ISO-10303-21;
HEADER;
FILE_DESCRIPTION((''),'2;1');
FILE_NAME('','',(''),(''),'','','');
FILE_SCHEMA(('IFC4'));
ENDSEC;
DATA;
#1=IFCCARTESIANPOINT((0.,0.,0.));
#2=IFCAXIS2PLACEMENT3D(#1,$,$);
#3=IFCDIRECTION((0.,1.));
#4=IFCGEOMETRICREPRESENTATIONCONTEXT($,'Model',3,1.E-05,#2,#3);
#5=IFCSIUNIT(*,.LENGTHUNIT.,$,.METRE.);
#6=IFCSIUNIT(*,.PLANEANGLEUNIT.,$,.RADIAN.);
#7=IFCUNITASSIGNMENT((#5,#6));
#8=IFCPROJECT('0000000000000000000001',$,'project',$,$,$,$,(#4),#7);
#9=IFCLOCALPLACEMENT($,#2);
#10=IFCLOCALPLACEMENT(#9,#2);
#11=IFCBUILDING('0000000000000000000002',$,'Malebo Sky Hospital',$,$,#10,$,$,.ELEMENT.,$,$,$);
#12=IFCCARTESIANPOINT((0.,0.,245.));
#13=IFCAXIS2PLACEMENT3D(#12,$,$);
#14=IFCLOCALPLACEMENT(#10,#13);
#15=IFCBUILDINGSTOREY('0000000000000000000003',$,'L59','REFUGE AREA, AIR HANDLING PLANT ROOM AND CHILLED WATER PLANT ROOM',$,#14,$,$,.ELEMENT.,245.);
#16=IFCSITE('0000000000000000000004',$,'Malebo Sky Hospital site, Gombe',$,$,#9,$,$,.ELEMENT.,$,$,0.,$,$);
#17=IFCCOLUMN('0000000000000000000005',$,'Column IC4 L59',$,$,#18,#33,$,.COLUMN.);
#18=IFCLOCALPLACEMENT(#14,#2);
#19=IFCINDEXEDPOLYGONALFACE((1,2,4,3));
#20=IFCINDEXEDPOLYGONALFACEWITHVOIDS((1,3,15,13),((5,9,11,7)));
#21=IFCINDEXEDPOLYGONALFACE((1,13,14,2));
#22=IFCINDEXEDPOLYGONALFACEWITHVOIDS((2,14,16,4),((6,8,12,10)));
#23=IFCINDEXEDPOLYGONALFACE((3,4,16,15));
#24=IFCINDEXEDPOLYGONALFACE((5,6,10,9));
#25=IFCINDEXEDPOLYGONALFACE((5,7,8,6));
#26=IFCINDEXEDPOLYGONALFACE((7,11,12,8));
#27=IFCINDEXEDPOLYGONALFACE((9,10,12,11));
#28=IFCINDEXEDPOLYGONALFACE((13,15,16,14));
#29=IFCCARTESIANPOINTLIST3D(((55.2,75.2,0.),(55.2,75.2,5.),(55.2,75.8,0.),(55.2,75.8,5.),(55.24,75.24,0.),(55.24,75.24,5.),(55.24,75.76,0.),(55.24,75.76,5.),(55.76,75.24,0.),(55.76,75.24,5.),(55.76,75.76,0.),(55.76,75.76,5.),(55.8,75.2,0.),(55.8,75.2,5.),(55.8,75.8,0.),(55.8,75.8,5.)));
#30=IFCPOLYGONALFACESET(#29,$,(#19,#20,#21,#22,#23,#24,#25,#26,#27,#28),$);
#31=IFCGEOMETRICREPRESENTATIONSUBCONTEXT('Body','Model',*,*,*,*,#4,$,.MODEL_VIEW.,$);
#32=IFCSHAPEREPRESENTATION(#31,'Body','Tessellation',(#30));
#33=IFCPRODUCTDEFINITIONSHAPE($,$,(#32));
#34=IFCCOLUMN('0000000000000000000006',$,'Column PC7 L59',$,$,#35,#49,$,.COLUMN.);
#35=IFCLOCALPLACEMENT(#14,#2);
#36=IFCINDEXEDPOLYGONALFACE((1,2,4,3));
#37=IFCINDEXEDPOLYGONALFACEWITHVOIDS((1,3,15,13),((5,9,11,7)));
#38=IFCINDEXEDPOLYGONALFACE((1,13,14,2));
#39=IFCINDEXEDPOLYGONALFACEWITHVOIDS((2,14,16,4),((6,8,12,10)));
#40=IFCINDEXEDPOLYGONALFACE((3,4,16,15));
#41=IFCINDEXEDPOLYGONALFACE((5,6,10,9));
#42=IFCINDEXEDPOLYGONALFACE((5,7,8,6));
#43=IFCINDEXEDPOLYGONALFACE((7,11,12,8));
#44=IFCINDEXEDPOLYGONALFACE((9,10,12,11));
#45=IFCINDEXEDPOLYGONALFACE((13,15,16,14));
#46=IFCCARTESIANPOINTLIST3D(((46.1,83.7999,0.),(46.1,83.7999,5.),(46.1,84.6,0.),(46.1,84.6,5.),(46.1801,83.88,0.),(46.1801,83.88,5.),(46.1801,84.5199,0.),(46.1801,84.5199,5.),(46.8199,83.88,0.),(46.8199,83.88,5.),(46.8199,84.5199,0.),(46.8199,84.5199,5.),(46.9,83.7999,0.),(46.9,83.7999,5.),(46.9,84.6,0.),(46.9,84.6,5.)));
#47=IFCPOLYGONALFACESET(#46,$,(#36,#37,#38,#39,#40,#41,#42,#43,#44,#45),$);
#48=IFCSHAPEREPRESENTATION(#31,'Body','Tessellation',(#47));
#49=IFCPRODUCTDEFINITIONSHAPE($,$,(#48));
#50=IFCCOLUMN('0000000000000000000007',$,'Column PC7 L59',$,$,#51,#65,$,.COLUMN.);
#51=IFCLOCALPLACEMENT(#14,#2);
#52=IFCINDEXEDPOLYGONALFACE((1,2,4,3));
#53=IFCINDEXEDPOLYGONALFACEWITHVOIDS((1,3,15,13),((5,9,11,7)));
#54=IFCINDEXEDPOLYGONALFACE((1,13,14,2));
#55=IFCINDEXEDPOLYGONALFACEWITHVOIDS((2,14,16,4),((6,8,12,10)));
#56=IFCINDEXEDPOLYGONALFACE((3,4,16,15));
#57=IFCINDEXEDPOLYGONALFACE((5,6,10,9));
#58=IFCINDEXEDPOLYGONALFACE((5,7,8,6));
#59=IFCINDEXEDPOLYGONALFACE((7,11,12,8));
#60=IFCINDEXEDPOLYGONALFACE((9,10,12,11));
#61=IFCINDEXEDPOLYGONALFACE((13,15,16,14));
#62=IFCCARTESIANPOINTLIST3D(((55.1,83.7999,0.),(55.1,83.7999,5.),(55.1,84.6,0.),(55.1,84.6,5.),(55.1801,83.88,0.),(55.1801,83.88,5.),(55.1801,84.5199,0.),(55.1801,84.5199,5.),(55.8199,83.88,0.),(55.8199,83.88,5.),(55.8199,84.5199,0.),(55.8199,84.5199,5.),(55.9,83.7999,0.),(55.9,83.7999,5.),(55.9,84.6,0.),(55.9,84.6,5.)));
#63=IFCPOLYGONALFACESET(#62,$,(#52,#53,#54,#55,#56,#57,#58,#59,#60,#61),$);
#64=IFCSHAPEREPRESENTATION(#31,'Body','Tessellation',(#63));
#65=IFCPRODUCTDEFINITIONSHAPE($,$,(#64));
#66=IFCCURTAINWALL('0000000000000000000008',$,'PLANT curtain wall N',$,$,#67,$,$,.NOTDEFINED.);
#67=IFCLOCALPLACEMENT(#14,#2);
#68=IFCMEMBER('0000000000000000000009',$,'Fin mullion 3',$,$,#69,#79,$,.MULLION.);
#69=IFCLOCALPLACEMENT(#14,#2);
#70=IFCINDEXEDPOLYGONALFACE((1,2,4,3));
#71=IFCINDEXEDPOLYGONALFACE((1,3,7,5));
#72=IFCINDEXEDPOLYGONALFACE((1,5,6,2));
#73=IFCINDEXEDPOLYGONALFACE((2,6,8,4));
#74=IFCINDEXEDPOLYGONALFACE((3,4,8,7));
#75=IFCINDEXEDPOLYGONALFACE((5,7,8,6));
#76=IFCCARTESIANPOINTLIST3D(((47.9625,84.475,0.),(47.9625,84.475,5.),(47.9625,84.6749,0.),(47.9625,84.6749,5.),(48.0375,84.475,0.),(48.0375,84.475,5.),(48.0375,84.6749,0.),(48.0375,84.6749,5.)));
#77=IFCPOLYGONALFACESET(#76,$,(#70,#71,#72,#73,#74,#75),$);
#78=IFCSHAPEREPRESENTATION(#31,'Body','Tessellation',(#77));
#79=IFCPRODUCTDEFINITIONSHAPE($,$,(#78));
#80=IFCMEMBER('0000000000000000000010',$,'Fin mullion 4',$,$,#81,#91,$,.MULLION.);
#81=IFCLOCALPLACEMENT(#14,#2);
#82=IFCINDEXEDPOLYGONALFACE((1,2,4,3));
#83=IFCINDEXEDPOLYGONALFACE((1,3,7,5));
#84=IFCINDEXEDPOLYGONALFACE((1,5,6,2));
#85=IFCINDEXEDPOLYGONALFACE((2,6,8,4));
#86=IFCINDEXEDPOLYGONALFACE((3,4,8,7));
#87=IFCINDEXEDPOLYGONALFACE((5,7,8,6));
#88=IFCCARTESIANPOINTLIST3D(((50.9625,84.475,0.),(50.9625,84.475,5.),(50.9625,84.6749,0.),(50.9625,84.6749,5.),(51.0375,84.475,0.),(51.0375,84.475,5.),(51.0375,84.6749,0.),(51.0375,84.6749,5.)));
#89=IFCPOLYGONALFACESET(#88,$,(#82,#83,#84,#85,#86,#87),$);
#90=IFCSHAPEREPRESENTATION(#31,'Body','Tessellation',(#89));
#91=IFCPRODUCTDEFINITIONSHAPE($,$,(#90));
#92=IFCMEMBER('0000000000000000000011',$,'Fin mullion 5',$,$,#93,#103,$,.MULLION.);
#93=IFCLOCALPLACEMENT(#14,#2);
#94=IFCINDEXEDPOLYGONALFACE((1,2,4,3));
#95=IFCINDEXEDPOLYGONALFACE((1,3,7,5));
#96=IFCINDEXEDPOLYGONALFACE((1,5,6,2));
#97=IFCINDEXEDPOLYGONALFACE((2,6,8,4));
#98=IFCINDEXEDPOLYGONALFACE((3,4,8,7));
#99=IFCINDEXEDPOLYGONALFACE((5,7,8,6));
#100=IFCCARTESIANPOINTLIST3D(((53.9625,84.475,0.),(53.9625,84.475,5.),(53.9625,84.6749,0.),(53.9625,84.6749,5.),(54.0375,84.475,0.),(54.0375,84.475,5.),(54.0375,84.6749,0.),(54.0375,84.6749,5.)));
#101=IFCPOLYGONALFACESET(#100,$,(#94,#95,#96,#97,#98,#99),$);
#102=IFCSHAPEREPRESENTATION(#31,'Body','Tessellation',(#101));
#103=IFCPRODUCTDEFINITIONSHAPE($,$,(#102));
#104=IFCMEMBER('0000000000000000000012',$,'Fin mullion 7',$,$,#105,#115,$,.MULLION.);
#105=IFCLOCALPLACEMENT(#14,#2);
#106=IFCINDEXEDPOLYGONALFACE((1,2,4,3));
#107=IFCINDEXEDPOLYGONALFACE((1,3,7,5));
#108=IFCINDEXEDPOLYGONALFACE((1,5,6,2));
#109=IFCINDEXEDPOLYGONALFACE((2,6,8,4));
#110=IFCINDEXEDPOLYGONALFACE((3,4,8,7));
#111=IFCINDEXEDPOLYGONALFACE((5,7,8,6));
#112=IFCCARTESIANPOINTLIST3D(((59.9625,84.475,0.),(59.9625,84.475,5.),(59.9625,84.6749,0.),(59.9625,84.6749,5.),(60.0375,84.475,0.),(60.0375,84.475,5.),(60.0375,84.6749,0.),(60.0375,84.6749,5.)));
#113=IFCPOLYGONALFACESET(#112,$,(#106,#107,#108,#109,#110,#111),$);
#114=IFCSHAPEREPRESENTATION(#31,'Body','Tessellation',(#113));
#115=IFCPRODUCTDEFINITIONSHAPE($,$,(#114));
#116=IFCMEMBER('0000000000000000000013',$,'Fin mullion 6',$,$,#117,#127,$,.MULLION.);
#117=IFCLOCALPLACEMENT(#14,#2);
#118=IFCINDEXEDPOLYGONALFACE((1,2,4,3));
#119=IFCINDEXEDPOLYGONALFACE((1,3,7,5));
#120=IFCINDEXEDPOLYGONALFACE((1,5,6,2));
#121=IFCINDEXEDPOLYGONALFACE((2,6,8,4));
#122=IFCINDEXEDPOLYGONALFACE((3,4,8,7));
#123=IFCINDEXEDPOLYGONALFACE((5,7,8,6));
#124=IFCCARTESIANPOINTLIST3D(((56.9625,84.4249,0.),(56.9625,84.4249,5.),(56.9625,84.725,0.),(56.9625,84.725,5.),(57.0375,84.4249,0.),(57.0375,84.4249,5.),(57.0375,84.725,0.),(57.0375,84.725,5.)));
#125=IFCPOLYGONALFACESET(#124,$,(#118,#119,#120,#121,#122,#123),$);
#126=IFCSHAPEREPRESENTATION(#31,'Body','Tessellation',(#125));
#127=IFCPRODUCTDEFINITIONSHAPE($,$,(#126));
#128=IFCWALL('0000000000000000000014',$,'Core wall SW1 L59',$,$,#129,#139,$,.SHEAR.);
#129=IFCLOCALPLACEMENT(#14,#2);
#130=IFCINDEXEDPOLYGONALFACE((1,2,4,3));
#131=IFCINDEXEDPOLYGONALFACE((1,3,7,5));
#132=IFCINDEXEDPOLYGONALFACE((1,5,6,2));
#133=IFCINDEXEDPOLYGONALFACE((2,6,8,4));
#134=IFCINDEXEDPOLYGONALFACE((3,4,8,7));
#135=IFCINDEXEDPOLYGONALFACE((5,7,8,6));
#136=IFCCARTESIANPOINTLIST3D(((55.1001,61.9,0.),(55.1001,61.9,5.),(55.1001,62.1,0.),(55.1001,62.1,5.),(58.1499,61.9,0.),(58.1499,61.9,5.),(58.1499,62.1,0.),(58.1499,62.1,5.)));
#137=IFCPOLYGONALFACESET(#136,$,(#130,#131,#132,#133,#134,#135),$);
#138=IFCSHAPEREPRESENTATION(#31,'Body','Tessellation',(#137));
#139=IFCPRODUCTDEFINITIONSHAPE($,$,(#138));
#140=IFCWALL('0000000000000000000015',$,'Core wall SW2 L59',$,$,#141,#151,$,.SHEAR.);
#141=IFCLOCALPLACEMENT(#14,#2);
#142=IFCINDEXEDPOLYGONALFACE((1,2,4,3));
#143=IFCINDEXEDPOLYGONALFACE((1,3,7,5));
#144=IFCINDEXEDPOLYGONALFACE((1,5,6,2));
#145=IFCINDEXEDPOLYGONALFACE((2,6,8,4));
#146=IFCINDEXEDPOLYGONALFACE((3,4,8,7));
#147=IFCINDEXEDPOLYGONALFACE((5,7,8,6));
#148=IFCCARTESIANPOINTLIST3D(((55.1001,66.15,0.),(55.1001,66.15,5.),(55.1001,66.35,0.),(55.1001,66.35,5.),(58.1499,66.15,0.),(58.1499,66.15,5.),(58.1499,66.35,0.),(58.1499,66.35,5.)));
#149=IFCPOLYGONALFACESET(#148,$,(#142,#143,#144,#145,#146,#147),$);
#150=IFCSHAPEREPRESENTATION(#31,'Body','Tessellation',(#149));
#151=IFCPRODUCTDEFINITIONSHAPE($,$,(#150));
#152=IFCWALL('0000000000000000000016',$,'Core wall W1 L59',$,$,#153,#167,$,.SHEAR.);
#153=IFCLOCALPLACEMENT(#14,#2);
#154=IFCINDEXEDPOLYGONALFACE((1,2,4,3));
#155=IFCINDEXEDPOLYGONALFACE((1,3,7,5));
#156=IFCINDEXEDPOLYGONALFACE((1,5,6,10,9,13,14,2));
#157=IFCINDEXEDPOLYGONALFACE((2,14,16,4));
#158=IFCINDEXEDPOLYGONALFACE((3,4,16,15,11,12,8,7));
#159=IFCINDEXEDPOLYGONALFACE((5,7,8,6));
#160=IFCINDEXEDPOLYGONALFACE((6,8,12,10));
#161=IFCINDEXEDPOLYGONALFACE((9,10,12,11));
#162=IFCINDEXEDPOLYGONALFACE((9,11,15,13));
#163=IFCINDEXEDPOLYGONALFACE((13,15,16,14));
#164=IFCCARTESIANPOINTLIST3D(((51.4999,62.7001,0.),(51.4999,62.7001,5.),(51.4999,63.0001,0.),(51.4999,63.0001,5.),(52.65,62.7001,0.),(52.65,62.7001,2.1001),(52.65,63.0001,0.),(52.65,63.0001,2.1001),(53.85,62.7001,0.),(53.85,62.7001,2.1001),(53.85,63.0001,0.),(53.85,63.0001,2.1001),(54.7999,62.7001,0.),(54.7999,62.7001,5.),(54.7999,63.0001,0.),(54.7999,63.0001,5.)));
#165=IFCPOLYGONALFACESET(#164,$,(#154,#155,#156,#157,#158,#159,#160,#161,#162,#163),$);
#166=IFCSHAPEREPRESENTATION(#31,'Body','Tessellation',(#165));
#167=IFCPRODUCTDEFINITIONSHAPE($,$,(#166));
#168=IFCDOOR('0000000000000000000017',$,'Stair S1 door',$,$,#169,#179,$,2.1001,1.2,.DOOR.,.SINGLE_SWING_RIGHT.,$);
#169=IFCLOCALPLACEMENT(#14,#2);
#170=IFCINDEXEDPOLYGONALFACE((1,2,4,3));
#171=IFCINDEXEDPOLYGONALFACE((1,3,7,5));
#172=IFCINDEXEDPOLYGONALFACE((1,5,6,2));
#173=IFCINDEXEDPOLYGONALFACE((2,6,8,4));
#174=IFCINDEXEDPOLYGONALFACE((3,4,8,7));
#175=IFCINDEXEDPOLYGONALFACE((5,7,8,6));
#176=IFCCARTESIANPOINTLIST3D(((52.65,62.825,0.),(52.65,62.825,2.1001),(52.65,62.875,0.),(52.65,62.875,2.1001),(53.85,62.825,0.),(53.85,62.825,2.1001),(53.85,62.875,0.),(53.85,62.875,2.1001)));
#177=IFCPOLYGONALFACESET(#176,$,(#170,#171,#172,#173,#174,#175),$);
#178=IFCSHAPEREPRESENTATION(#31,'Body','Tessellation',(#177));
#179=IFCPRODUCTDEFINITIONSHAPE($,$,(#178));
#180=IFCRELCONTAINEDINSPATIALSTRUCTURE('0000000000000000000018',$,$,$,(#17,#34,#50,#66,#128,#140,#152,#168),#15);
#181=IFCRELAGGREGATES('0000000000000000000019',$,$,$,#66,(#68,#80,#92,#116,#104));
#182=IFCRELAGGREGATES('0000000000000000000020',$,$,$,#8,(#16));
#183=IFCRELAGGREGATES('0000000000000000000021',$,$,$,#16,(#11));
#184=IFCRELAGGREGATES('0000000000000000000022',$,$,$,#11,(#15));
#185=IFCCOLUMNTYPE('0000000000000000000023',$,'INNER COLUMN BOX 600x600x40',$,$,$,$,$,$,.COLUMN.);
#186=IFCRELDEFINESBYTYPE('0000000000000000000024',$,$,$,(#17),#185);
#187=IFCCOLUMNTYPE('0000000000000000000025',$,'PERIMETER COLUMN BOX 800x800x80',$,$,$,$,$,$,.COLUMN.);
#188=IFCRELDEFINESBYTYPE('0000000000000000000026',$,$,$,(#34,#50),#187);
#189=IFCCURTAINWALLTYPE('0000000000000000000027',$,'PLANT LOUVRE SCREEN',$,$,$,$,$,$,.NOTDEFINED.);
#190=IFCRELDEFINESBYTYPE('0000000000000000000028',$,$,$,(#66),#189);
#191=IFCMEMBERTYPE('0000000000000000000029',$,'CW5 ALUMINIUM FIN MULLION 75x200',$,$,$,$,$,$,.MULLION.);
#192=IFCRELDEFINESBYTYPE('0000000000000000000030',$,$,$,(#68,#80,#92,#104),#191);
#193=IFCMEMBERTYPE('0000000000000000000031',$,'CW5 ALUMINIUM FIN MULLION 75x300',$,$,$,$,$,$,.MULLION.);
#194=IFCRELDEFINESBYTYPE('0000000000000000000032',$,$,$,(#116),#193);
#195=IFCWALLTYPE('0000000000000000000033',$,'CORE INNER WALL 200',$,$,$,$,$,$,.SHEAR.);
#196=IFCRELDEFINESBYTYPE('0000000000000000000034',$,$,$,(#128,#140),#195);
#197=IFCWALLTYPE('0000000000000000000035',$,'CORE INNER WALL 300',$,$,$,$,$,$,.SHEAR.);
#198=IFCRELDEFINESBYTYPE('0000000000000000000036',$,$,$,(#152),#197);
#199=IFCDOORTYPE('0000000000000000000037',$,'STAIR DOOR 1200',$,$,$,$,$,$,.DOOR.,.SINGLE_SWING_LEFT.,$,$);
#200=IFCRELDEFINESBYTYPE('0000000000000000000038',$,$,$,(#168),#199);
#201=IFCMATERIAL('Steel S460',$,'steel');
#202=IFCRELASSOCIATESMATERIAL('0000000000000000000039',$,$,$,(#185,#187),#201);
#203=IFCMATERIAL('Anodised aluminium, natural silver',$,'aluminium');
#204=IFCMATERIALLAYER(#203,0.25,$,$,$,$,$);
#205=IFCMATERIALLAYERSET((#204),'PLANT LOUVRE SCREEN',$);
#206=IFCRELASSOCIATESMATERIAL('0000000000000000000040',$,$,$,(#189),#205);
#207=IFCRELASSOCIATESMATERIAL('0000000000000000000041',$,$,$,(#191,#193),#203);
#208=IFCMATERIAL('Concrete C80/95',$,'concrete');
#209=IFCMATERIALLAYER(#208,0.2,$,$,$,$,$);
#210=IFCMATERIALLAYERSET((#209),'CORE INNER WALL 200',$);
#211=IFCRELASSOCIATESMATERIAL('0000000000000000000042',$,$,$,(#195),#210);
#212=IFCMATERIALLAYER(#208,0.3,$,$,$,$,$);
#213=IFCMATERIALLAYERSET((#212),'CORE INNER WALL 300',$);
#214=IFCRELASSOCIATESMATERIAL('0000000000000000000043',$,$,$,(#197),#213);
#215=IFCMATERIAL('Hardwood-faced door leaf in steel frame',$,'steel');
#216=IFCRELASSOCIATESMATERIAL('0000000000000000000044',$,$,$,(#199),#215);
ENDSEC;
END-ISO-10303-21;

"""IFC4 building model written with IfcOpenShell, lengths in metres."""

from ifc_helpers import new_model, si_unit, direction, frame, frame_2d, origin, origin_2d, place, context, subcontext, project, spatial, rectangle, hollow_rectangle, extrude, material, layer, layer_set, material_profile, profile_set, type_object, element, fill, aggregate, save


model = new_model("IFC4")

# Units and contexts
model_context = context("Model", 3, precision=1e-05, world=origin(), true_north=direction((0.0, 1.0)))
body_context = subcontext(model_context, "Body", "Model", "MODEL_VIEW")
ifc_project = project(units=[si_unit("LENGTHUNIT", "METRE"), si_unit("PLANEANGLEUNIT", "RADIAN")], contexts=[model_context])

# Site, building, storey
site_placement = place(None, origin())
site = spatial("IfcSite", under=ifc_project, at=site_placement, Name="Malebo Sky Hospital site, Gombe", CompositionType="ELEMENT", RefElevation=0.0)
building_placement = place(site_placement, origin())
building = spatial("IfcBuilding", under=site, at=building_placement, Name="Malebo Sky Hospital", CompositionType="ELEMENT")
storey_placement = place(building_placement, frame((0.0, 0.0, 245.0)))
storey = spatial("IfcBuildingStorey", under=building, at=storey_placement, Name="L59", Description="REFUGE AREA, AIR HANDLING PLANT ROOM AND CHILLED WATER PLANT ROOM", CompositionType="ELEMENT", Elevation=245.0)

# Columns
ifc_material_1 = material(Name="Steel S460", Category="steel")
ifc_material_profile_1 = material_profile(ifc_material_1, hollow_rectangle(XDim=0.6001, YDim=0.6001, WallThickness=0.04, at=origin_2d()), Name="BOX 600x600x40")
ifc_profile_set_1 = profile_set([ifc_material_profile_1], Name="Steel S460")
column_type_1 = type_object("IfcColumnType", Name="INNER COLUMN BOX 600x600x40", PredefinedType="COLUMN", material=ifc_profile_set_1)
column_placement = place(storey_placement, frame((55.5, 75.5, 0.0), z_axis=(0.0, 0.0, 1.0), x_axis=(1.0, 0.0, 0.0)))
element("IfcColumn", 1, at=column_placement, inside=storey, type_object=column_type_1, Name="Column IC4 L59", PredefinedType="COLUMN", context=body_context, shape_type="SweptSolid", body=[
    extrude(hollow_rectangle(XDim=0.6001, YDim=0.6001, WallThickness=0.04, at=origin_2d()), origin(), (0.0, 0.0, 1.0), 5.0),
])
ifc_material_profile_2 = material_profile(ifc_material_1, hollow_rectangle(XDim=0.8, YDim=0.8, WallThickness=0.0801, at=origin_2d()), Name="BOX 800x800x80")
ifc_profile_set_2 = profile_set([ifc_material_profile_2], Name="Steel S460")
column_type_2 = type_object("IfcColumnType", Name="PERIMETER COLUMN BOX 800x800x80", PredefinedType="COLUMN", material=ifc_profile_set_2)
for number, where, z_axis, x_axis, name in (
    (2, (46.5, 84.2, 0.0), (0.0, 0.0, 1.0), (1.0, 0.0, 0.0), "Column PC7 L59"),
    (3, (55.5, 84.2, 0.0), (0.0, 0.0, 1.0), (1.0, 0.0, 0.0), "Column PC7 L59"),
):
    element("IfcColumn", number, at=place(storey_placement, frame(where, z_axis=z_axis, x_axis=x_axis)), inside=storey, type_object=column_type_2, Name=name, PredefinedType="COLUMN", context=body_context, shape_type="SweptSolid", body=[
        extrude(hollow_rectangle(XDim=0.8, YDim=0.8, WallThickness=0.0801, at=origin_2d()), origin(), (0.0, 0.0, 1.0), 5.0),
    ])

# Curtain wall, members
ifc_material_2 = material(Name="Anodised aluminium, natural silver", Category="aluminium")
ifc_layer_1 = layer(ifc_material_2, 0.25)
ifc_layer_set_1 = layer_set([ifc_layer_1], Name="PLANT LOUVRE SCREEN")
curtain_wall_type = type_object("IfcCurtainWallType", Name="PLANT LOUVRE SCREEN", PredefinedType="NOTDEFINED", material=ifc_layer_set_1)
curtain_wall_placement = place(storey_placement, origin())
curtain_wall = element("IfcCurtainWall", 4, at=curtain_wall_placement, inside=storey, type_object=curtain_wall_type, Name="PLANT curtain wall N", PredefinedType="NOTDEFINED")
ifc_material_profile_3 = material_profile(ifc_material_2, rectangle(XDim=0.075, YDim=0.2, at=origin_2d()), Name="CW5 ALUMINIUM FIN MULLION 75x200")
ifc_profile_set_3 = profile_set([ifc_material_profile_3], Name="Anodised aluminium, natural silver")
member_type_1 = type_object("IfcMemberType", Name="CW5 ALUMINIUM FIN MULLION 75x200", PredefinedType="MULLION", material=ifc_profile_set_3)
member_1_placement = place(storey_placement, frame((48.0, 84.575, 0.0), z_axis=(0.0, 0.0, 1.0), x_axis=(1.0, 0.0, 0.0)))
member_1 = element("IfcMember", 5, at=member_1_placement, type_object=member_type_1, Name="Fin mullion 3", PredefinedType="MULLION", context=body_context, shape_type="SweptSolid", body=[
    extrude(rectangle(XDim=0.075, YDim=0.2, at=origin_2d()), origin(), (0.0, 0.0, 1.0), 5.0),
])
member_2_placement = place(storey_placement, frame((51.0, 84.575, 0.0), z_axis=(0.0, 0.0, 1.0), x_axis=(1.0, 0.0, 0.0)))
member_2 = element("IfcMember", 6, at=member_2_placement, type_object=member_type_1, Name="Fin mullion 4", PredefinedType="MULLION", context=body_context, shape_type="SweptSolid", body=[
    extrude(rectangle(XDim=0.075, YDim=0.2, at=origin_2d()), origin(), (0.0, 0.0, 1.0), 5.0),
])
member_3_placement = place(storey_placement, frame((54.0, 84.575, 0.0), z_axis=(0.0, 0.0, 1.0), x_axis=(1.0, 0.0, 0.0)))
member_3 = element("IfcMember", 7, at=member_3_placement, type_object=member_type_1, Name="Fin mullion 5", PredefinedType="MULLION", context=body_context, shape_type="SweptSolid", body=[
    extrude(rectangle(XDim=0.075, YDim=0.2, at=origin_2d()), origin(), (0.0, 0.0, 1.0), 5.0),
])
member_4_placement = place(storey_placement, frame((60.0, 84.575, 0.0), z_axis=(0.0, 0.0, 1.0), x_axis=(1.0, 0.0, 0.0)))
member_4 = element("IfcMember", 8, at=member_4_placement, type_object=member_type_1, Name="Fin mullion 7", PredefinedType="MULLION", context=body_context, shape_type="SweptSolid", body=[
    extrude(rectangle(XDim=0.075, YDim=0.2, at=origin_2d()), origin(), (0.0, 0.0, 1.0), 5.0),
])
ifc_material_profile_4 = material_profile(ifc_material_2, rectangle(XDim=0.075, YDim=0.3, at=origin_2d()), Name="CW5 ALUMINIUM FIN MULLION 75x300")
ifc_profile_set_4 = profile_set([ifc_material_profile_4], Name="Anodised aluminium, natural silver")
member_type_2 = type_object("IfcMemberType", Name="CW5 ALUMINIUM FIN MULLION 75x300", PredefinedType="MULLION", material=ifc_profile_set_4)
member_5_placement = place(storey_placement, frame((57.0, 84.575, 0.0), z_axis=(0.0, 0.0, 1.0), x_axis=(1.0, 0.0, 0.0)))
member_5 = element("IfcMember", 9, at=member_5_placement, type_object=member_type_2, Name="Fin mullion 6", PredefinedType="MULLION", context=body_context, shape_type="SweptSolid", body=[
    extrude(rectangle(XDim=0.075, YDim=0.3, at=origin_2d()), origin(), (0.0, 0.0, 1.0), 5.0),
])
aggregate(curtain_wall, [member_1, member_2, member_3, member_5, member_4])

# Walls
ifc_material_3 = material(Name="Concrete C80/95", Category="concrete")
ifc_layer_2 = layer(ifc_material_3, 0.2)
ifc_layer_set_2 = layer_set([ifc_layer_2], Name="CORE INNER WALL 200")
wall_type_1 = type_object("IfcWallType", Name="CORE INNER WALL 200", PredefinedType="SHEAR", material=ifc_layer_set_2)
for number, where, z_axis, x_axis, name in (
    (10, (55.1001, 62.0, 0.0), (0.0, 0.0, 1.0), (1.0, 0.0, 0.0), "Core wall SW1 L59"),
    (11, (55.1001, 66.25, 0.0), (0.0, 0.0, 1.0), (1.0, 0.0, 0.0), "Core wall SW2 L59"),
):
    element("IfcWall", number, at=place(storey_placement, frame(where, z_axis=z_axis, x_axis=x_axis)), inside=storey, type_object=wall_type_1, Name=name, PredefinedType="SHEAR", context=body_context, shape_type="SweptSolid", body=[
        extrude(rectangle(XDim=3.0498, YDim=0.2, at=frame_2d((1.5249, 0.0))), origin(), (0.0, 0.0, 1.0), 5.0),
    ])

# Wall, opening, door
ifc_layer_3 = layer(ifc_material_3, 0.3)
ifc_layer_set_3 = layer_set([ifc_layer_3], Name="CORE INNER WALL 300")
wall_type_2 = type_object("IfcWallType", Name="CORE INNER WALL 300", PredefinedType="SHEAR", material=ifc_layer_set_3)
wall_1_placement = place(storey_placement, frame((51.5, 62.8501, 0.0), z_axis=(0.0, 0.0, 1.0), x_axis=(1.0, 0.0, 0.0)))
wall_1 = element("IfcWall", 12, at=wall_1_placement, inside=storey, type_object=wall_type_2, Name="Core wall W1 L59", PredefinedType="SHEAR", context=body_context, shape_type="SweptSolid", body=[
    extrude(rectangle(XDim=3.3, YDim=0.3, at=frame_2d((1.6499, 0.0))), origin(), (0.0, 0.0, 1.0), 5.0),
])
opening_1_placement = place(wall_1_placement, frame((1.1499, 0.0, 0.0)))
opening_1 = element("IfcOpeningElement", 13, at=opening_1_placement, cuts=wall_1, PredefinedType="OPENING", context=body_context, shape_type="SweptSolid", body=[
    extrude(rectangle(XDim=1.2, YDim=2.1001, at=frame_2d((0.6001, 1.05))), frame((0.0, 0.1599, 0.0), z_axis=(0.0, -1.0, 0.0), x_axis=(1.0, 0.0, 0.0)), (0.0, 0.0, 1.0), 0.3201),
])
ifc_material_4 = material(Name="Hardwood-faced door leaf in steel frame", Category="steel")
door_type_1 = type_object("IfcDoorType", Name="STAIR DOOR 1200", OperationType="SINGLE_SWING_LEFT", PredefinedType="DOOR", material=ifc_material_4)
door_1_placement = place(opening_1_placement, origin())
door_1 = element("IfcDoor", 14, at=door_1_placement, inside=storey, type_object=door_type_1, Name="Stair S1 door", OperationType="SINGLE_SWING_RIGHT", OverallHeight=2.1001, OverallWidth=1.2, PredefinedType="DOOR", context=body_context, shape_type="SweptSolid", body=[
    extrude(rectangle(XDim=1.2, YDim=2.1001, at=frame_2d((0.6001, 1.05))), frame((0.0, 0.0249, 0.0), z_axis=(0.0, -1.0, 0.0), x_axis=(1.0, 0.0, 0.0)), (0.0, 0.0, 1.0), 0.05),
])
fill(opening_1, door_1)

save(model, "model.ifc")
